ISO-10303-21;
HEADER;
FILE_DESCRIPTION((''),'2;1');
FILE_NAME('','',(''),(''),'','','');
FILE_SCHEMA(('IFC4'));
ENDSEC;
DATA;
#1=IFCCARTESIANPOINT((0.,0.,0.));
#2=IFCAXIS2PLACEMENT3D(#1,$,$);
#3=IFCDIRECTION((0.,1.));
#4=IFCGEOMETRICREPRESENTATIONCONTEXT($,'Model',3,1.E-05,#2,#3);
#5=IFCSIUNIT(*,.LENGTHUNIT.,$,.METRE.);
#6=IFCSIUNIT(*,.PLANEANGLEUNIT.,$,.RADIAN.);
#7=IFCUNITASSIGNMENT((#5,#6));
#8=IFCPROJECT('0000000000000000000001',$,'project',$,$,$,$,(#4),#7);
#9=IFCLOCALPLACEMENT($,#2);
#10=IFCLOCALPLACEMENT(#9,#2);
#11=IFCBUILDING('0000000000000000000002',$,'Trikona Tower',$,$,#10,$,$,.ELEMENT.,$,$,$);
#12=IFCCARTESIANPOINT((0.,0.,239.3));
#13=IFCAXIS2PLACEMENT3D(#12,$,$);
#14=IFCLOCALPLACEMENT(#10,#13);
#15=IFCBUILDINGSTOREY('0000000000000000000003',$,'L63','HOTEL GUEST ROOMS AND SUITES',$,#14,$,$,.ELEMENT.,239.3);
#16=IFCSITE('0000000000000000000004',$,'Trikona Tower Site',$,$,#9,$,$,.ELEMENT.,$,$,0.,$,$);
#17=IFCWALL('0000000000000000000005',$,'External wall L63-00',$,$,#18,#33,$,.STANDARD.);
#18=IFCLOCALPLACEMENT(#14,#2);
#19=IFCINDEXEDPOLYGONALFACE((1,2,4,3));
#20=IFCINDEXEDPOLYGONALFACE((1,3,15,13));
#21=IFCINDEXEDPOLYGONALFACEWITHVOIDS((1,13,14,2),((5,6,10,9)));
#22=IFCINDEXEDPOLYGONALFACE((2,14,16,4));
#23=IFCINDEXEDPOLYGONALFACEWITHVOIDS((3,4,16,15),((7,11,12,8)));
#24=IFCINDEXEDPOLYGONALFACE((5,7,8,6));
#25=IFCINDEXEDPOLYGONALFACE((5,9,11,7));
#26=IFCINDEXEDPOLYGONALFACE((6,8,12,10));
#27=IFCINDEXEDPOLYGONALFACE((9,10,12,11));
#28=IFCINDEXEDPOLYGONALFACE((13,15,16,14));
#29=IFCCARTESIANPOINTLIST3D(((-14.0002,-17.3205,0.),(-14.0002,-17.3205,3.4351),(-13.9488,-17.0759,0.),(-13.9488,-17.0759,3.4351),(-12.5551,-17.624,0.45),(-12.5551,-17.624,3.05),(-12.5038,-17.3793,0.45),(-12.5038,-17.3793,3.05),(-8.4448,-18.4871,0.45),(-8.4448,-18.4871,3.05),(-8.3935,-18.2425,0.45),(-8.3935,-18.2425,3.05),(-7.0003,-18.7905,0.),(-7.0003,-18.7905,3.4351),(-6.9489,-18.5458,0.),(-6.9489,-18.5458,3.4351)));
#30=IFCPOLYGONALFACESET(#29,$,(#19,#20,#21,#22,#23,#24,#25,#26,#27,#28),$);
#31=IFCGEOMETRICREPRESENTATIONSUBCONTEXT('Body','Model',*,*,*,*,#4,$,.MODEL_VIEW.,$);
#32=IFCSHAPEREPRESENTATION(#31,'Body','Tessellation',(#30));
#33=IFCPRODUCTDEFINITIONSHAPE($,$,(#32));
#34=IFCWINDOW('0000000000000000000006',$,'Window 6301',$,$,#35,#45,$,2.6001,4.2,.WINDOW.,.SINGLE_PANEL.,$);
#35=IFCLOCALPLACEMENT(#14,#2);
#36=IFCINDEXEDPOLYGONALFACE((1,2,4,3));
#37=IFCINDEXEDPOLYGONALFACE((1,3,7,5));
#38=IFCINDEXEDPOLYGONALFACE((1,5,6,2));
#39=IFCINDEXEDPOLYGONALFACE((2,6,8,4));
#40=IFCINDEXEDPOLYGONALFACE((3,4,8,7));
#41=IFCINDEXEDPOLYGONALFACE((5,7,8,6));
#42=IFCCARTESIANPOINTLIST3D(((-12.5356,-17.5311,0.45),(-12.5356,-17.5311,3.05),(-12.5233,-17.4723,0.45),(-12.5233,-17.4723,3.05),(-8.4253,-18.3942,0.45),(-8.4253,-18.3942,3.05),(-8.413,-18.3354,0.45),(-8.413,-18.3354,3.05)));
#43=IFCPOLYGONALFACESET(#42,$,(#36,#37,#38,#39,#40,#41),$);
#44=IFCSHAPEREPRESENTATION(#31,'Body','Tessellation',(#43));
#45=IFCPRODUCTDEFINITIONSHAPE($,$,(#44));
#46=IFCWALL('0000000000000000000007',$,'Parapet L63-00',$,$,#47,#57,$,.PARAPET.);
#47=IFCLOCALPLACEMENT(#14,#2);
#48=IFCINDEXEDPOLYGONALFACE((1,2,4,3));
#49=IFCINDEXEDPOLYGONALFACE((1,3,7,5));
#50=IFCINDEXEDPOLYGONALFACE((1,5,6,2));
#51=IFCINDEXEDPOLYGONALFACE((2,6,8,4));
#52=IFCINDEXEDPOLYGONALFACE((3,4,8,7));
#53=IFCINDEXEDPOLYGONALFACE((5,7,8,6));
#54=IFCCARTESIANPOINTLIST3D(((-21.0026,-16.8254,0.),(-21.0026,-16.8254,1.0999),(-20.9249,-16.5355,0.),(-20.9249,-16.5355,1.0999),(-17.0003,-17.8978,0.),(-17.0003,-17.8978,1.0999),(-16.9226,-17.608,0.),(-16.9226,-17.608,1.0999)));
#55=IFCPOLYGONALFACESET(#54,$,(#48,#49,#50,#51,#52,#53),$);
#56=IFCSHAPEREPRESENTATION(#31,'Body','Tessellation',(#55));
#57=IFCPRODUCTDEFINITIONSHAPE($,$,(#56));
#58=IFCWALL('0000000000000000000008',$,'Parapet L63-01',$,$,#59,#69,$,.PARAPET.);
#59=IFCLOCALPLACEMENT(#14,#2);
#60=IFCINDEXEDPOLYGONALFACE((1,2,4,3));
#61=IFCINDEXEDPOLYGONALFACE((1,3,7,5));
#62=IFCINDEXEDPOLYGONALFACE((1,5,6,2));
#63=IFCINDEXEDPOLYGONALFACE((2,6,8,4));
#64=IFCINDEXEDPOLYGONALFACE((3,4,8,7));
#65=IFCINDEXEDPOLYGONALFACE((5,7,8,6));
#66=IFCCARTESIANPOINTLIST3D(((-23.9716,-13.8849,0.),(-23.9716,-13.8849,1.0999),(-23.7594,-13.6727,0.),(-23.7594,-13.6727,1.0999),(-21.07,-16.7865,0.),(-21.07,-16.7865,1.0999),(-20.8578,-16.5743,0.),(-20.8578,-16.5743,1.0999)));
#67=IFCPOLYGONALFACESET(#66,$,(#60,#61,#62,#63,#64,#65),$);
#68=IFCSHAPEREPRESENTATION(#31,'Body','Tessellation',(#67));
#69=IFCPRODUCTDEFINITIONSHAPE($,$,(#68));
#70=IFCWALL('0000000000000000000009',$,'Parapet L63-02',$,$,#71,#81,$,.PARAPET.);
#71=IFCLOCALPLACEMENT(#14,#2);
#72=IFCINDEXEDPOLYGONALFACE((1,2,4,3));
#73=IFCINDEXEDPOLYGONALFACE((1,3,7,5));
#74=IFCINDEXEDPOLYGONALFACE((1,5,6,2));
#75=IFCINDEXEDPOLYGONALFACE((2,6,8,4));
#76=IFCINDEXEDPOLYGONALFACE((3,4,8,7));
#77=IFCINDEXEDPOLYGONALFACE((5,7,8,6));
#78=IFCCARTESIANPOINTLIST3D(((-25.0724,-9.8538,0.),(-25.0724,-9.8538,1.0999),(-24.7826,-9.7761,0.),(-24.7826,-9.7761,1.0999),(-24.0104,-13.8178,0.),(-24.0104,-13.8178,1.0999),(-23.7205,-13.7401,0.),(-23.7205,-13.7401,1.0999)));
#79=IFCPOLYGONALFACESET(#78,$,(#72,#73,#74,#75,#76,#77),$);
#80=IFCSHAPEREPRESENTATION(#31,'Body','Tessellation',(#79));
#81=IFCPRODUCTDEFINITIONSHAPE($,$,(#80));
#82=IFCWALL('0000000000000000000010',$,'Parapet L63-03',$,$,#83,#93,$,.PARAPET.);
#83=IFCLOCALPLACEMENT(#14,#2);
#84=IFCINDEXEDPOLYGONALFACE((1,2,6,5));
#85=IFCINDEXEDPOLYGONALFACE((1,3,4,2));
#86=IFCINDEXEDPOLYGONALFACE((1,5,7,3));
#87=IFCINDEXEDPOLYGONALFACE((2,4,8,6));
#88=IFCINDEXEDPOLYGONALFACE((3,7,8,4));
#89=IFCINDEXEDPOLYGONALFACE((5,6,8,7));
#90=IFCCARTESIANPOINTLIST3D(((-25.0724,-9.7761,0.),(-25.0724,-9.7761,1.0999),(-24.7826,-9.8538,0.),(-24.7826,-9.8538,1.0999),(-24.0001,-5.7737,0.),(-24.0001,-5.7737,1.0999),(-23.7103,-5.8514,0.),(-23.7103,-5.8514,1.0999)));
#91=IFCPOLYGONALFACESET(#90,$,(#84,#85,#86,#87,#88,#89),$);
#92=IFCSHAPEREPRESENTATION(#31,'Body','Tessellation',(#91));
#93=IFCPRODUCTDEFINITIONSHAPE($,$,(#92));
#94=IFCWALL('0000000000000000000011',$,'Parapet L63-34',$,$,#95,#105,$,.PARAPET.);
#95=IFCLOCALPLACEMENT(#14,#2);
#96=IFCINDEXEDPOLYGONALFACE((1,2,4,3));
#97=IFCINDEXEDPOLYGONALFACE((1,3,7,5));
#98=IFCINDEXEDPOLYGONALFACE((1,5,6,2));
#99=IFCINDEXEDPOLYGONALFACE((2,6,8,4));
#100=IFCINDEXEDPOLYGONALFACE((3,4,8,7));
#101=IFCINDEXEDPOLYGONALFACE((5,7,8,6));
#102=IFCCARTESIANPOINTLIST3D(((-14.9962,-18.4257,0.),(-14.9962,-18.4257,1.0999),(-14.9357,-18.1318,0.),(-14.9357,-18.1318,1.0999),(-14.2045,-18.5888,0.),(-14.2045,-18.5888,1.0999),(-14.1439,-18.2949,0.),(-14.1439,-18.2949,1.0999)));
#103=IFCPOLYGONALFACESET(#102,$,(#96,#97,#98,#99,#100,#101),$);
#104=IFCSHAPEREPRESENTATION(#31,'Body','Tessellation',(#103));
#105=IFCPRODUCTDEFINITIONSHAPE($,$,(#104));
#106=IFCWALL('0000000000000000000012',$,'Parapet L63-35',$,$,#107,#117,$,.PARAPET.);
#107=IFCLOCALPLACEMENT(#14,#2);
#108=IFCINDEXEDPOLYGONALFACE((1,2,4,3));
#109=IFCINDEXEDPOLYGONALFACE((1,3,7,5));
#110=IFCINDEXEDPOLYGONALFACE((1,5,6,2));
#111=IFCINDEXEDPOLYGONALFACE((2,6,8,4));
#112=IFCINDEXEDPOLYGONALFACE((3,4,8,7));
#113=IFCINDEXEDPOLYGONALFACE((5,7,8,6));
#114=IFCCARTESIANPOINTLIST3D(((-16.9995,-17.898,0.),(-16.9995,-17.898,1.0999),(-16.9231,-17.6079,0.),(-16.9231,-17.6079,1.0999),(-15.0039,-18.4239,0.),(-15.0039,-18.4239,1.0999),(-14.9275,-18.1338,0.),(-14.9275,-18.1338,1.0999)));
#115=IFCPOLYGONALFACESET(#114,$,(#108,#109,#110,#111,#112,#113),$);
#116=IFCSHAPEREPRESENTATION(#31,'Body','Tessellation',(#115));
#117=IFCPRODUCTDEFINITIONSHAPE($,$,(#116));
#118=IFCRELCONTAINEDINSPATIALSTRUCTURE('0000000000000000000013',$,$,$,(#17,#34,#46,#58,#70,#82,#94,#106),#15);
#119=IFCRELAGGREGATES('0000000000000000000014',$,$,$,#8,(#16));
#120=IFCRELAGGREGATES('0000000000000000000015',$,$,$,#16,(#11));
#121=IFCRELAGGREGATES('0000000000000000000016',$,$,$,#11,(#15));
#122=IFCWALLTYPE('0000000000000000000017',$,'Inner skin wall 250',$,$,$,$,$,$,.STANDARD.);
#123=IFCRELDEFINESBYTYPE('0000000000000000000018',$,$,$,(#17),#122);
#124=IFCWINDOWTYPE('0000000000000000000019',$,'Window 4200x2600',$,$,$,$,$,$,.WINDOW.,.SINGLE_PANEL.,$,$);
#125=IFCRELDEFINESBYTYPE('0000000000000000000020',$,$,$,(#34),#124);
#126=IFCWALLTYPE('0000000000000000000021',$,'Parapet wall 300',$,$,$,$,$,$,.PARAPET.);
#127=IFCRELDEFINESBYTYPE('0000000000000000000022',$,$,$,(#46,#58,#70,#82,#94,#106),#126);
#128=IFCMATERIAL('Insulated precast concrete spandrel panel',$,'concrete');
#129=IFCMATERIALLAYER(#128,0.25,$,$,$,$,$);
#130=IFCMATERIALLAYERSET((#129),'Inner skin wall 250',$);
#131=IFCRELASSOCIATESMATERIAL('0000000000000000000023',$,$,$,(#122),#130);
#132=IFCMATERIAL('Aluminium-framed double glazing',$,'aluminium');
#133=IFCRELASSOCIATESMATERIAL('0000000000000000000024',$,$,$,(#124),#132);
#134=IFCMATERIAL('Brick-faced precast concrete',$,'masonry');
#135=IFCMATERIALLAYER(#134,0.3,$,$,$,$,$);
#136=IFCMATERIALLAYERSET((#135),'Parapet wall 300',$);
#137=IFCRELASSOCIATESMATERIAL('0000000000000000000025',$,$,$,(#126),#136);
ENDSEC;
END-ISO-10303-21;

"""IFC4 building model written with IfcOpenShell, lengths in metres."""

from ifc_helpers import new_model, si_unit, direction, frame, frame_2d, origin, place, context, subcontext, project, spatial, rectangle, extrude, material, layer, layer_set, type_object, element, fill, save


model = new_model("IFC4")

# Units and contexts
model_context = context("Model", 3, precision=1e-05, world=origin(), true_north=direction((0.0, 1.0)))
body_context = subcontext(model_context, "Body", "Model", "MODEL_VIEW")
ifc_project = project(units=[si_unit("LENGTHUNIT", "METRE"), si_unit("PLANEANGLEUNIT", "RADIAN")], contexts=[model_context])

# Site, building, storey
site_placement = place(None, origin())
site = spatial("IfcSite", under=ifc_project, at=site_placement, Name="Trikona Tower Site", CompositionType="ELEMENT", RefElevation=0.0)
building_placement = place(site_placement, origin())
building = spatial("IfcBuilding", under=site, at=building_placement, Name="Trikona Tower", CompositionType="ELEMENT")
storey_placement = place(building_placement, frame((0.0, 0.0, 239.3)))
storey = spatial("IfcBuildingStorey", under=building, at=storey_placement, Name="L63", Description="HOTEL GUEST ROOMS AND SUITES", CompositionType="ELEMENT", Elevation=239.3)

# Wall, opening, window
ifc_material_1 = material(Name="Insulated precast concrete spandrel panel", Category="concrete")
ifc_layer_1 = layer(ifc_material_1, 0.25)
ifc_layer_set_1 = layer_set([ifc_layer_1], Name="Inner skin wall 250")
wall_type_1 = type_object("IfcWallType", Name="Inner skin wall 250", PredefinedType="STANDARD", material=ifc_layer_set_1)
wall_1_placement = place(storey_placement, frame((-13.9744, -17.1982, 0.0), z_axis=(0.0, 0.0, 1.0), x_axis=(0.978654, -0.205513, 0.0)))
wall_1 = element("IfcWall", 1, at=wall_1_placement, inside=storey, type_object=wall_type_1, Name="External wall L63-00", PredefinedType="STANDARD", context=body_context, shape_type="SweptSolid", body=[
    extrude(rectangle(XDim=7.1526, YDim=0.25, at=frame_2d((3.5762, 0.0))), origin(), (0.0, 0.0, 1.0), 3.4351),
])
opening_1_placement = place(wall_1_placement, frame((1.4763, 0.0, 0.45)))
opening_1 = element("IfcOpeningElement", 2, at=opening_1_placement, cuts=wall_1, PredefinedType="OPENING", context=body_context, shape_type="SweptSolid", body=[
    extrude(rectangle(XDim=4.2, YDim=2.6001, at=frame_2d((2.1001, 1.3))), frame((0.0, 0.135, 0.0), z_axis=(0.0, -1.0, 0.0), x_axis=(1.0, 0.0, 0.0)), (0.0, 0.0, 1.0), 0.27),
])
ifc_material_2 = material(Name="Aluminium-framed double glazing", Category="aluminium")
window_type_1 = type_object("IfcWindowType", Name="Window 4200x2600", PartitioningType="SINGLE_PANEL", PredefinedType="WINDOW", material=ifc_material_2)
window_1_placement = place(opening_1_placement, origin())
window_1 = element("IfcWindow", 3, at=window_1_placement, inside=storey, type_object=window_type_1, Name="Window 6301", OverallHeight=2.6001, OverallWidth=4.2, PartitioningType="SINGLE_PANEL", PredefinedType="WINDOW", context=body_context, shape_type="SweptSolid", body=[
    extrude(rectangle(XDim=4.2, YDim=2.6001, at=frame_2d((2.1001, 1.3))), frame((0.0, 0.03, 0.0), z_axis=(0.0, -1.0, 0.0), x_axis=(1.0, 0.0, 0.0)), (0.0, 0.0, 1.0), 0.0601),
])
fill(opening_1, window_1)

# Walls
ifc_material_3 = material(Name="Brick-faced precast concrete", Category="masonry")
ifc_layer_2 = layer(ifc_material_3, 0.3)
ifc_layer_set_2 = layer_set([ifc_layer_2], Name="Parapet wall 300")
wall_type_2 = type_object("IfcWallType", Name="Parapet wall 300", PredefinedType="PARAPET", material=ifc_layer_set_2)
wall_2_placement = place(storey_placement, frame((-16.9614, -17.7529, 0.0), z_axis=(0.0, 0.0, 1.0), x_axis=(-0.965922, 0.258832, 0.0)))
element("IfcWall", 4, at=wall_2_placement, inside=storey, type_object=wall_type_2, Name="Parapet L63-00", PredefinedType="PARAPET", context=body_context, shape_type="SweptSolid", body=[
    extrude(rectangle(XDim=4.1436, YDim=0.3, at=frame_2d((2.0718, 0.0))), origin(), (0.0, 0.0, 1.0), 1.0999),
])
wall_3_placement = place(storey_placement, frame((-20.9639, -16.6804, 0.0), z_axis=(0.0, 0.0, 1.0), x_axis=(-0.707107, 0.707107, 0.0)))
element("IfcWall", 5, at=wall_3_placement, inside=storey, type_object=wall_type_2, Name="Parapet L63-01", PredefinedType="PARAPET", context=body_context, shape_type="SweptSolid", body=[
    extrude(rectangle(XDim=4.1035, YDim=0.3, at=frame_2d((2.0518, 0.0))), origin(), (0.0, 0.0, 1.0), 1.0999),
])
wall_4_placement = place(storey_placement, frame((-23.8655, -13.7788, 0.0), z_axis=(0.0, 0.0, 1.0), x_axis=(-0.258796, 0.965932, 0.0)))
element("IfcWall", 6, at=wall_4_placement, inside=storey, type_object=wall_type_2, Name="Parapet L63-02", PredefinedType="PARAPET", context=body_context, shape_type="SweptSolid", body=[
    extrude(rectangle(XDim=4.1038, YDim=0.3, at=frame_2d((2.0518, 0.0))), origin(), (0.0, 0.0, 1.0), 1.0999),
])
wall_5_placement = place(storey_placement, frame((-24.9275, -9.8149, 0.0), z_axis=(0.0, 0.0, 1.0), x_axis=(0.258777, 0.965937, 0.0)))
element("IfcWall", 7, at=wall_5_placement, inside=storey, type_object=wall_type_2, Name="Parapet L63-03", PredefinedType="PARAPET", context=body_context, shape_type="SweptSolid", body=[
    extrude(rectangle(XDim=4.1436, YDim=0.3, at=frame_2d((2.0718, 0.0))), origin(), (0.0, 0.0, 1.0), 1.0999),
])
wall_6_placement = place(storey_placement, frame((-14.1741, -18.4419, 0.0), z_axis=(0.0, 0.0, 1.0), x_axis=(-0.979438, 0.201747, 0.0)))
element("IfcWall", 8, at=wall_6_placement, inside=storey, type_object=wall_type_2, Name="Parapet L63-34", PredefinedType="PARAPET", context=body_context, shape_type="SweptSolid", body=[
    extrude(rectangle(XDim=0.8083, YDim=0.3, at=frame_2d((0.4043, 0.0))), origin(), (0.0, 0.0, 1.0), 1.0999),
])
wall_7_placement = place(storey_placement, frame((-14.9658, -18.2788, 0.0), z_axis=(0.0, 0.0, 1.0), x_axis=(-0.966989, 0.254819, 0.0)))
element("IfcWall", 9, at=wall_7_placement, inside=storey, type_object=wall_type_2, Name="Parapet L63-35", PredefinedType="PARAPET", context=body_context, shape_type="SweptSolid", body=[
    extrude(rectangle(XDim=2.0637, YDim=0.3, at=frame_2d((1.0317, 0.0))), origin(), (0.0, 0.0, 1.0), 1.0999),
])

save(model, "model.ifc")
